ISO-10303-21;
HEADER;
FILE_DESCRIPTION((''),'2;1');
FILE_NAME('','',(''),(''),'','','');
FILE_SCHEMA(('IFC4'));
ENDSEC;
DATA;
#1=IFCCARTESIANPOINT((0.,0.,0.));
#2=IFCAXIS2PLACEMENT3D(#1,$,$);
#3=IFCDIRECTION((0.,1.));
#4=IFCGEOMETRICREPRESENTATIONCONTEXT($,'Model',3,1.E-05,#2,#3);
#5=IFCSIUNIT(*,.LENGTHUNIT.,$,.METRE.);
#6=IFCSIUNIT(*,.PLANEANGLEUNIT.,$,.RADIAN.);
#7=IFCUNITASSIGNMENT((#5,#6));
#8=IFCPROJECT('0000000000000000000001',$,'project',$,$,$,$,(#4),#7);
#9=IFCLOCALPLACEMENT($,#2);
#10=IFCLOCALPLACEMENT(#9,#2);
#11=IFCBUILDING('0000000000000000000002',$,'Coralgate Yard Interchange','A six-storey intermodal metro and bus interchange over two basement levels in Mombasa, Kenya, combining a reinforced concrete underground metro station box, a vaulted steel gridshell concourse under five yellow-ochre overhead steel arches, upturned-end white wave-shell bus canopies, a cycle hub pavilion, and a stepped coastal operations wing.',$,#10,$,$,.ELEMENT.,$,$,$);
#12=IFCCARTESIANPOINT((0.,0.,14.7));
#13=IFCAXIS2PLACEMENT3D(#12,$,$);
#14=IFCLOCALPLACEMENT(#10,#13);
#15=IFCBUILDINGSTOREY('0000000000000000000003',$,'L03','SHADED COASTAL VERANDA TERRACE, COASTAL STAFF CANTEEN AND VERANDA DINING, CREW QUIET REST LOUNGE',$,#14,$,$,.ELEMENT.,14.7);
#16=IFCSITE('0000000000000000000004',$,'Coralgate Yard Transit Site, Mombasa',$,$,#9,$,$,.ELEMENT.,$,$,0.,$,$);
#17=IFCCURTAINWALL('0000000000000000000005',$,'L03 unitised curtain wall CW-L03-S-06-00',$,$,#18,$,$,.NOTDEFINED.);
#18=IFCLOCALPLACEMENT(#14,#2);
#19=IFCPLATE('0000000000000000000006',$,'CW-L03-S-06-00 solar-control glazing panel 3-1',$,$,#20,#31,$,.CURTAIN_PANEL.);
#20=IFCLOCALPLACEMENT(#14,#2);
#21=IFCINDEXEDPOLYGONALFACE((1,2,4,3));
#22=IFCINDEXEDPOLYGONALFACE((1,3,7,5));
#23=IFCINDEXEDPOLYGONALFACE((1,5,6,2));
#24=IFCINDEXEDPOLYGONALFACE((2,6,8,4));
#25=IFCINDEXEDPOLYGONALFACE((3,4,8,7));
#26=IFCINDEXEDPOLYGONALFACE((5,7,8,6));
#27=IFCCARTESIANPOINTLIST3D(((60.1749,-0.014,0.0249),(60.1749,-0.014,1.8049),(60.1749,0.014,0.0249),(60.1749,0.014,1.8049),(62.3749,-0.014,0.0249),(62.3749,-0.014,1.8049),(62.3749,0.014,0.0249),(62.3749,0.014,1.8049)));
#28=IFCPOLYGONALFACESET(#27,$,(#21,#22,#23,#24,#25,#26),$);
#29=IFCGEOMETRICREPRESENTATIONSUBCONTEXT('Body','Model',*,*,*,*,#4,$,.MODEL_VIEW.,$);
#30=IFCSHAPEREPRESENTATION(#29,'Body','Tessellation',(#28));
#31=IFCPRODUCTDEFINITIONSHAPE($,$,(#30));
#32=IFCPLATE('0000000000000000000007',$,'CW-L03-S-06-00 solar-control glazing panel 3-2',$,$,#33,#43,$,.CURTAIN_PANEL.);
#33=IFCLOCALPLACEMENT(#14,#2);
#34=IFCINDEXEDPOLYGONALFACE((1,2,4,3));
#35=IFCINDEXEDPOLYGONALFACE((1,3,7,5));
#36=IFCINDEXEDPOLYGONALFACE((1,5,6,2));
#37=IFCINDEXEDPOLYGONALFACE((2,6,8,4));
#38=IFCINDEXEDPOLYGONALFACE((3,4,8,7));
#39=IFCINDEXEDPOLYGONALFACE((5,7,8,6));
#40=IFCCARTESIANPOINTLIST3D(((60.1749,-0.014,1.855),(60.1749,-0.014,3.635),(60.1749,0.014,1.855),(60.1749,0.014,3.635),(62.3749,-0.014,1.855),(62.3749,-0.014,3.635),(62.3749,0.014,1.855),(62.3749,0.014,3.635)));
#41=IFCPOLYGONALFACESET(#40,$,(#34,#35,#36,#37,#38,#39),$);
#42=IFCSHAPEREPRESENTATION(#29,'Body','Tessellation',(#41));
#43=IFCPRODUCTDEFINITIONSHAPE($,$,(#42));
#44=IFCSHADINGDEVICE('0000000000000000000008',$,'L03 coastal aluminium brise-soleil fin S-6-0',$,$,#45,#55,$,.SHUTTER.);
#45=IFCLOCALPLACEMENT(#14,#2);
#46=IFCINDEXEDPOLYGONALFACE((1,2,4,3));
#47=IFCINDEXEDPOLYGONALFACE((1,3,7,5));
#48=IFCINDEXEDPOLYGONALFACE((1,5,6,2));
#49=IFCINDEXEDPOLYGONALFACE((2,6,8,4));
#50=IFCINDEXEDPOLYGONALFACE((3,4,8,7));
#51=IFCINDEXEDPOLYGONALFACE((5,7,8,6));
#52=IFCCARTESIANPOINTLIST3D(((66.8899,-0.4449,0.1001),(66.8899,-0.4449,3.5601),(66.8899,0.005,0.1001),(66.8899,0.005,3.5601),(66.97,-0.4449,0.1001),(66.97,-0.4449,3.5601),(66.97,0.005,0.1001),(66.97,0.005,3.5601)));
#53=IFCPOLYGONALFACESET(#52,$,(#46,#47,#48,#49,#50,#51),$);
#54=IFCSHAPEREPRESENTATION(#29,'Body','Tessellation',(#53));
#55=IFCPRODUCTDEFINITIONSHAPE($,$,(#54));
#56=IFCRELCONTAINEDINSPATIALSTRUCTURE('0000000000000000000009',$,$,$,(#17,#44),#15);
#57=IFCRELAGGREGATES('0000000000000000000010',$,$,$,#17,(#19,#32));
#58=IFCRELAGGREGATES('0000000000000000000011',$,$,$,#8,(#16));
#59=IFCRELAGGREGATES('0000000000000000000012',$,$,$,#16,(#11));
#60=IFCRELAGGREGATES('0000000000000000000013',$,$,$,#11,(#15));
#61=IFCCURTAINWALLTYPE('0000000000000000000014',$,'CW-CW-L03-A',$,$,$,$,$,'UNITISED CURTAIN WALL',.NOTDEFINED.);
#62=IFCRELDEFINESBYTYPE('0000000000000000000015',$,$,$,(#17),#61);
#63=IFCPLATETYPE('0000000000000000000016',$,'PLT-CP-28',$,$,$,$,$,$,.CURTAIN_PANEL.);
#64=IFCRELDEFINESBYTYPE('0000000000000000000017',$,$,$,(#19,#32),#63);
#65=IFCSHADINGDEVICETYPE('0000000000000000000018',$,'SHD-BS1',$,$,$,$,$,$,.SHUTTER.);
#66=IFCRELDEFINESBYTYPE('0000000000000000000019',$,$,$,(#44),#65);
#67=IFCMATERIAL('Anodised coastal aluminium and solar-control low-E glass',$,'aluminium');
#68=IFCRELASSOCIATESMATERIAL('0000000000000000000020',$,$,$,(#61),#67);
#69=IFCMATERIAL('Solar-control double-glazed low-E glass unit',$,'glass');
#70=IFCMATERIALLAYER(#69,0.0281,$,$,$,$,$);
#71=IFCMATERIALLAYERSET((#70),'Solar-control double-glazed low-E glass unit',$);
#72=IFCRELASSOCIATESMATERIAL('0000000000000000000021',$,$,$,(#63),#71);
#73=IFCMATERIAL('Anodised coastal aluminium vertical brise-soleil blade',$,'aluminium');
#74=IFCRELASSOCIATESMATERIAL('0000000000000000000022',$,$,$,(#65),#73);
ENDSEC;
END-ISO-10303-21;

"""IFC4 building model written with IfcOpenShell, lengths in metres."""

from ifc_helpers import new_model, si_unit, direction, frame, origin, origin_2d, place, context, subcontext, project, spatial, rectangle, extrude, material, layer, layer_set, type_object, element, aggregate, save


model = new_model("IFC4")

# Units and contexts
model_context = context("Model", 3, precision=1e-05, world=origin(), true_north=direction((0.0, 1.0)))
body_context = subcontext(model_context, "Body", "Model", "MODEL_VIEW")
ifc_project = project(units=[si_unit("LENGTHUNIT", "METRE"), si_unit("PLANEANGLEUNIT", "RADIAN")], contexts=[model_context])

# Site, building, storey
site_placement = place(None, origin())
site = spatial("IfcSite", under=ifc_project, at=site_placement, Name="Coralgate Yard Transit Site, Mombasa", CompositionType="ELEMENT", RefElevation=0.0)
building_placement = place(site_placement, origin())
building = spatial("IfcBuilding", under=site, at=building_placement, Name="Coralgate Yard Interchange", Description="A six-storey intermodal metro and bus interchange over two basement levels in Mombasa, Kenya, combining a reinforced concrete underground metro station box, a vaulted steel gridshell concourse under five yellow-ochre overhead steel arches, upturned-end white wave-shell bus canopies, a cycle hub pavilion, and a stepped coastal operations wing.", CompositionType="ELEMENT")
storey_placement = place(building_placement, frame((0.0, 0.0, 14.7)))
storey = spatial("IfcBuildingStorey", under=building, at=storey_placement, Name="L03", Description="SHADED COASTAL VERANDA TERRACE, COASTAL STAFF CANTEEN AND VERANDA DINING, CREW QUIET REST LOUNGE", CompositionType="ELEMENT", Elevation=14.7)

# Curtain wall, plates
ifc_material_1 = material(Name="Anodised coastal aluminium and solar-control low-E glass", Category="aluminium")
curtain_wall_type = type_object("IfcCurtainWallType", Name="CW-CW-L03-A", ElementType="UNITISED CURTAIN WALL", PredefinedType="NOTDEFINED", material=ifc_material_1)
curtain_wall_placement = place(storey_placement, origin())
curtain_wall = element("IfcCurtainWall", 1, at=curtain_wall_placement, inside=storey, type_object=curtain_wall_type, Name="L03 unitised curtain wall CW-L03-S-06-00", PredefinedType="NOTDEFINED")
ifc_material_2 = material(Name="Solar-control double-glazed low-E glass unit", Category="glass")
ifc_layer = layer(ifc_material_2, 0.0281)
ifc_layer_set = layer_set([ifc_layer], Name="Solar-control double-glazed low-E glass unit")
plate_type = type_object("IfcPlateType", Name="PLT-CP-28", PredefinedType="CURTAIN_PANEL", material=ifc_layer_set)
plate_1_placement = place(storey_placement, frame((61.2749, 0.0, 0.0249), z_axis=(0.0, 0.0, 1.0), x_axis=(-1.0, 0.0, 0.0)))
plate_1 = element("IfcPlate", 2, at=plate_1_placement, type_object=plate_type, Name="CW-L03-S-06-00 solar-control glazing panel 3-1", PredefinedType="CURTAIN_PANEL", context=body_context, shape_type="SweptSolid", body=[
    extrude(rectangle(XDim=2.2, YDim=0.0281, at=origin_2d()), origin(), (0.0, 0.0, 1.0), 1.78),
])
plate_2_placement = place(storey_placement, frame((61.2749, 0.0, 1.855), z_axis=(0.0, 0.0, 1.0), x_axis=(-1.0, 0.0, 0.0)))
plate_2 = element("IfcPlate", 3, at=plate_2_placement, type_object=plate_type, Name="CW-L03-S-06-00 solar-control glazing panel 3-2", PredefinedType="CURTAIN_PANEL", context=body_context, shape_type="SweptSolid", body=[
    extrude(rectangle(XDim=2.2, YDim=0.0281, at=origin_2d()), origin(), (0.0, 0.0, 1.0), 1.78),
])
aggregate(curtain_wall, [plate_1, plate_2])

# Shading device
ifc_material_3 = material(Name="Anodised coastal aluminium vertical brise-soleil blade", Category="aluminium")
shading_device_type = type_object("IfcShadingDeviceType", Name="SHD-BS1", PredefinedType="SHUTTER", material=ifc_material_3)
shading_device_placement = place(storey_placement, frame((66.9299, -0.22, 0.1001), z_axis=(0.0, 0.0, 1.0), x_axis=(-1.0, 0.0, 0.0)))
element("IfcShadingDevice", 4, at=shading_device_placement, inside=storey, type_object=shading_device_type, Name="L03 coastal aluminium brise-soleil fin S-6-0", PredefinedType="SHUTTER", context=body_context, shape_type="SweptSolid", body=[
    extrude(rectangle(XDim=0.0801, YDim=0.45, at=origin_2d()), origin(), (0.0, 0.0, 1.0), 3.46),
])

save(model, "model.ifc")
